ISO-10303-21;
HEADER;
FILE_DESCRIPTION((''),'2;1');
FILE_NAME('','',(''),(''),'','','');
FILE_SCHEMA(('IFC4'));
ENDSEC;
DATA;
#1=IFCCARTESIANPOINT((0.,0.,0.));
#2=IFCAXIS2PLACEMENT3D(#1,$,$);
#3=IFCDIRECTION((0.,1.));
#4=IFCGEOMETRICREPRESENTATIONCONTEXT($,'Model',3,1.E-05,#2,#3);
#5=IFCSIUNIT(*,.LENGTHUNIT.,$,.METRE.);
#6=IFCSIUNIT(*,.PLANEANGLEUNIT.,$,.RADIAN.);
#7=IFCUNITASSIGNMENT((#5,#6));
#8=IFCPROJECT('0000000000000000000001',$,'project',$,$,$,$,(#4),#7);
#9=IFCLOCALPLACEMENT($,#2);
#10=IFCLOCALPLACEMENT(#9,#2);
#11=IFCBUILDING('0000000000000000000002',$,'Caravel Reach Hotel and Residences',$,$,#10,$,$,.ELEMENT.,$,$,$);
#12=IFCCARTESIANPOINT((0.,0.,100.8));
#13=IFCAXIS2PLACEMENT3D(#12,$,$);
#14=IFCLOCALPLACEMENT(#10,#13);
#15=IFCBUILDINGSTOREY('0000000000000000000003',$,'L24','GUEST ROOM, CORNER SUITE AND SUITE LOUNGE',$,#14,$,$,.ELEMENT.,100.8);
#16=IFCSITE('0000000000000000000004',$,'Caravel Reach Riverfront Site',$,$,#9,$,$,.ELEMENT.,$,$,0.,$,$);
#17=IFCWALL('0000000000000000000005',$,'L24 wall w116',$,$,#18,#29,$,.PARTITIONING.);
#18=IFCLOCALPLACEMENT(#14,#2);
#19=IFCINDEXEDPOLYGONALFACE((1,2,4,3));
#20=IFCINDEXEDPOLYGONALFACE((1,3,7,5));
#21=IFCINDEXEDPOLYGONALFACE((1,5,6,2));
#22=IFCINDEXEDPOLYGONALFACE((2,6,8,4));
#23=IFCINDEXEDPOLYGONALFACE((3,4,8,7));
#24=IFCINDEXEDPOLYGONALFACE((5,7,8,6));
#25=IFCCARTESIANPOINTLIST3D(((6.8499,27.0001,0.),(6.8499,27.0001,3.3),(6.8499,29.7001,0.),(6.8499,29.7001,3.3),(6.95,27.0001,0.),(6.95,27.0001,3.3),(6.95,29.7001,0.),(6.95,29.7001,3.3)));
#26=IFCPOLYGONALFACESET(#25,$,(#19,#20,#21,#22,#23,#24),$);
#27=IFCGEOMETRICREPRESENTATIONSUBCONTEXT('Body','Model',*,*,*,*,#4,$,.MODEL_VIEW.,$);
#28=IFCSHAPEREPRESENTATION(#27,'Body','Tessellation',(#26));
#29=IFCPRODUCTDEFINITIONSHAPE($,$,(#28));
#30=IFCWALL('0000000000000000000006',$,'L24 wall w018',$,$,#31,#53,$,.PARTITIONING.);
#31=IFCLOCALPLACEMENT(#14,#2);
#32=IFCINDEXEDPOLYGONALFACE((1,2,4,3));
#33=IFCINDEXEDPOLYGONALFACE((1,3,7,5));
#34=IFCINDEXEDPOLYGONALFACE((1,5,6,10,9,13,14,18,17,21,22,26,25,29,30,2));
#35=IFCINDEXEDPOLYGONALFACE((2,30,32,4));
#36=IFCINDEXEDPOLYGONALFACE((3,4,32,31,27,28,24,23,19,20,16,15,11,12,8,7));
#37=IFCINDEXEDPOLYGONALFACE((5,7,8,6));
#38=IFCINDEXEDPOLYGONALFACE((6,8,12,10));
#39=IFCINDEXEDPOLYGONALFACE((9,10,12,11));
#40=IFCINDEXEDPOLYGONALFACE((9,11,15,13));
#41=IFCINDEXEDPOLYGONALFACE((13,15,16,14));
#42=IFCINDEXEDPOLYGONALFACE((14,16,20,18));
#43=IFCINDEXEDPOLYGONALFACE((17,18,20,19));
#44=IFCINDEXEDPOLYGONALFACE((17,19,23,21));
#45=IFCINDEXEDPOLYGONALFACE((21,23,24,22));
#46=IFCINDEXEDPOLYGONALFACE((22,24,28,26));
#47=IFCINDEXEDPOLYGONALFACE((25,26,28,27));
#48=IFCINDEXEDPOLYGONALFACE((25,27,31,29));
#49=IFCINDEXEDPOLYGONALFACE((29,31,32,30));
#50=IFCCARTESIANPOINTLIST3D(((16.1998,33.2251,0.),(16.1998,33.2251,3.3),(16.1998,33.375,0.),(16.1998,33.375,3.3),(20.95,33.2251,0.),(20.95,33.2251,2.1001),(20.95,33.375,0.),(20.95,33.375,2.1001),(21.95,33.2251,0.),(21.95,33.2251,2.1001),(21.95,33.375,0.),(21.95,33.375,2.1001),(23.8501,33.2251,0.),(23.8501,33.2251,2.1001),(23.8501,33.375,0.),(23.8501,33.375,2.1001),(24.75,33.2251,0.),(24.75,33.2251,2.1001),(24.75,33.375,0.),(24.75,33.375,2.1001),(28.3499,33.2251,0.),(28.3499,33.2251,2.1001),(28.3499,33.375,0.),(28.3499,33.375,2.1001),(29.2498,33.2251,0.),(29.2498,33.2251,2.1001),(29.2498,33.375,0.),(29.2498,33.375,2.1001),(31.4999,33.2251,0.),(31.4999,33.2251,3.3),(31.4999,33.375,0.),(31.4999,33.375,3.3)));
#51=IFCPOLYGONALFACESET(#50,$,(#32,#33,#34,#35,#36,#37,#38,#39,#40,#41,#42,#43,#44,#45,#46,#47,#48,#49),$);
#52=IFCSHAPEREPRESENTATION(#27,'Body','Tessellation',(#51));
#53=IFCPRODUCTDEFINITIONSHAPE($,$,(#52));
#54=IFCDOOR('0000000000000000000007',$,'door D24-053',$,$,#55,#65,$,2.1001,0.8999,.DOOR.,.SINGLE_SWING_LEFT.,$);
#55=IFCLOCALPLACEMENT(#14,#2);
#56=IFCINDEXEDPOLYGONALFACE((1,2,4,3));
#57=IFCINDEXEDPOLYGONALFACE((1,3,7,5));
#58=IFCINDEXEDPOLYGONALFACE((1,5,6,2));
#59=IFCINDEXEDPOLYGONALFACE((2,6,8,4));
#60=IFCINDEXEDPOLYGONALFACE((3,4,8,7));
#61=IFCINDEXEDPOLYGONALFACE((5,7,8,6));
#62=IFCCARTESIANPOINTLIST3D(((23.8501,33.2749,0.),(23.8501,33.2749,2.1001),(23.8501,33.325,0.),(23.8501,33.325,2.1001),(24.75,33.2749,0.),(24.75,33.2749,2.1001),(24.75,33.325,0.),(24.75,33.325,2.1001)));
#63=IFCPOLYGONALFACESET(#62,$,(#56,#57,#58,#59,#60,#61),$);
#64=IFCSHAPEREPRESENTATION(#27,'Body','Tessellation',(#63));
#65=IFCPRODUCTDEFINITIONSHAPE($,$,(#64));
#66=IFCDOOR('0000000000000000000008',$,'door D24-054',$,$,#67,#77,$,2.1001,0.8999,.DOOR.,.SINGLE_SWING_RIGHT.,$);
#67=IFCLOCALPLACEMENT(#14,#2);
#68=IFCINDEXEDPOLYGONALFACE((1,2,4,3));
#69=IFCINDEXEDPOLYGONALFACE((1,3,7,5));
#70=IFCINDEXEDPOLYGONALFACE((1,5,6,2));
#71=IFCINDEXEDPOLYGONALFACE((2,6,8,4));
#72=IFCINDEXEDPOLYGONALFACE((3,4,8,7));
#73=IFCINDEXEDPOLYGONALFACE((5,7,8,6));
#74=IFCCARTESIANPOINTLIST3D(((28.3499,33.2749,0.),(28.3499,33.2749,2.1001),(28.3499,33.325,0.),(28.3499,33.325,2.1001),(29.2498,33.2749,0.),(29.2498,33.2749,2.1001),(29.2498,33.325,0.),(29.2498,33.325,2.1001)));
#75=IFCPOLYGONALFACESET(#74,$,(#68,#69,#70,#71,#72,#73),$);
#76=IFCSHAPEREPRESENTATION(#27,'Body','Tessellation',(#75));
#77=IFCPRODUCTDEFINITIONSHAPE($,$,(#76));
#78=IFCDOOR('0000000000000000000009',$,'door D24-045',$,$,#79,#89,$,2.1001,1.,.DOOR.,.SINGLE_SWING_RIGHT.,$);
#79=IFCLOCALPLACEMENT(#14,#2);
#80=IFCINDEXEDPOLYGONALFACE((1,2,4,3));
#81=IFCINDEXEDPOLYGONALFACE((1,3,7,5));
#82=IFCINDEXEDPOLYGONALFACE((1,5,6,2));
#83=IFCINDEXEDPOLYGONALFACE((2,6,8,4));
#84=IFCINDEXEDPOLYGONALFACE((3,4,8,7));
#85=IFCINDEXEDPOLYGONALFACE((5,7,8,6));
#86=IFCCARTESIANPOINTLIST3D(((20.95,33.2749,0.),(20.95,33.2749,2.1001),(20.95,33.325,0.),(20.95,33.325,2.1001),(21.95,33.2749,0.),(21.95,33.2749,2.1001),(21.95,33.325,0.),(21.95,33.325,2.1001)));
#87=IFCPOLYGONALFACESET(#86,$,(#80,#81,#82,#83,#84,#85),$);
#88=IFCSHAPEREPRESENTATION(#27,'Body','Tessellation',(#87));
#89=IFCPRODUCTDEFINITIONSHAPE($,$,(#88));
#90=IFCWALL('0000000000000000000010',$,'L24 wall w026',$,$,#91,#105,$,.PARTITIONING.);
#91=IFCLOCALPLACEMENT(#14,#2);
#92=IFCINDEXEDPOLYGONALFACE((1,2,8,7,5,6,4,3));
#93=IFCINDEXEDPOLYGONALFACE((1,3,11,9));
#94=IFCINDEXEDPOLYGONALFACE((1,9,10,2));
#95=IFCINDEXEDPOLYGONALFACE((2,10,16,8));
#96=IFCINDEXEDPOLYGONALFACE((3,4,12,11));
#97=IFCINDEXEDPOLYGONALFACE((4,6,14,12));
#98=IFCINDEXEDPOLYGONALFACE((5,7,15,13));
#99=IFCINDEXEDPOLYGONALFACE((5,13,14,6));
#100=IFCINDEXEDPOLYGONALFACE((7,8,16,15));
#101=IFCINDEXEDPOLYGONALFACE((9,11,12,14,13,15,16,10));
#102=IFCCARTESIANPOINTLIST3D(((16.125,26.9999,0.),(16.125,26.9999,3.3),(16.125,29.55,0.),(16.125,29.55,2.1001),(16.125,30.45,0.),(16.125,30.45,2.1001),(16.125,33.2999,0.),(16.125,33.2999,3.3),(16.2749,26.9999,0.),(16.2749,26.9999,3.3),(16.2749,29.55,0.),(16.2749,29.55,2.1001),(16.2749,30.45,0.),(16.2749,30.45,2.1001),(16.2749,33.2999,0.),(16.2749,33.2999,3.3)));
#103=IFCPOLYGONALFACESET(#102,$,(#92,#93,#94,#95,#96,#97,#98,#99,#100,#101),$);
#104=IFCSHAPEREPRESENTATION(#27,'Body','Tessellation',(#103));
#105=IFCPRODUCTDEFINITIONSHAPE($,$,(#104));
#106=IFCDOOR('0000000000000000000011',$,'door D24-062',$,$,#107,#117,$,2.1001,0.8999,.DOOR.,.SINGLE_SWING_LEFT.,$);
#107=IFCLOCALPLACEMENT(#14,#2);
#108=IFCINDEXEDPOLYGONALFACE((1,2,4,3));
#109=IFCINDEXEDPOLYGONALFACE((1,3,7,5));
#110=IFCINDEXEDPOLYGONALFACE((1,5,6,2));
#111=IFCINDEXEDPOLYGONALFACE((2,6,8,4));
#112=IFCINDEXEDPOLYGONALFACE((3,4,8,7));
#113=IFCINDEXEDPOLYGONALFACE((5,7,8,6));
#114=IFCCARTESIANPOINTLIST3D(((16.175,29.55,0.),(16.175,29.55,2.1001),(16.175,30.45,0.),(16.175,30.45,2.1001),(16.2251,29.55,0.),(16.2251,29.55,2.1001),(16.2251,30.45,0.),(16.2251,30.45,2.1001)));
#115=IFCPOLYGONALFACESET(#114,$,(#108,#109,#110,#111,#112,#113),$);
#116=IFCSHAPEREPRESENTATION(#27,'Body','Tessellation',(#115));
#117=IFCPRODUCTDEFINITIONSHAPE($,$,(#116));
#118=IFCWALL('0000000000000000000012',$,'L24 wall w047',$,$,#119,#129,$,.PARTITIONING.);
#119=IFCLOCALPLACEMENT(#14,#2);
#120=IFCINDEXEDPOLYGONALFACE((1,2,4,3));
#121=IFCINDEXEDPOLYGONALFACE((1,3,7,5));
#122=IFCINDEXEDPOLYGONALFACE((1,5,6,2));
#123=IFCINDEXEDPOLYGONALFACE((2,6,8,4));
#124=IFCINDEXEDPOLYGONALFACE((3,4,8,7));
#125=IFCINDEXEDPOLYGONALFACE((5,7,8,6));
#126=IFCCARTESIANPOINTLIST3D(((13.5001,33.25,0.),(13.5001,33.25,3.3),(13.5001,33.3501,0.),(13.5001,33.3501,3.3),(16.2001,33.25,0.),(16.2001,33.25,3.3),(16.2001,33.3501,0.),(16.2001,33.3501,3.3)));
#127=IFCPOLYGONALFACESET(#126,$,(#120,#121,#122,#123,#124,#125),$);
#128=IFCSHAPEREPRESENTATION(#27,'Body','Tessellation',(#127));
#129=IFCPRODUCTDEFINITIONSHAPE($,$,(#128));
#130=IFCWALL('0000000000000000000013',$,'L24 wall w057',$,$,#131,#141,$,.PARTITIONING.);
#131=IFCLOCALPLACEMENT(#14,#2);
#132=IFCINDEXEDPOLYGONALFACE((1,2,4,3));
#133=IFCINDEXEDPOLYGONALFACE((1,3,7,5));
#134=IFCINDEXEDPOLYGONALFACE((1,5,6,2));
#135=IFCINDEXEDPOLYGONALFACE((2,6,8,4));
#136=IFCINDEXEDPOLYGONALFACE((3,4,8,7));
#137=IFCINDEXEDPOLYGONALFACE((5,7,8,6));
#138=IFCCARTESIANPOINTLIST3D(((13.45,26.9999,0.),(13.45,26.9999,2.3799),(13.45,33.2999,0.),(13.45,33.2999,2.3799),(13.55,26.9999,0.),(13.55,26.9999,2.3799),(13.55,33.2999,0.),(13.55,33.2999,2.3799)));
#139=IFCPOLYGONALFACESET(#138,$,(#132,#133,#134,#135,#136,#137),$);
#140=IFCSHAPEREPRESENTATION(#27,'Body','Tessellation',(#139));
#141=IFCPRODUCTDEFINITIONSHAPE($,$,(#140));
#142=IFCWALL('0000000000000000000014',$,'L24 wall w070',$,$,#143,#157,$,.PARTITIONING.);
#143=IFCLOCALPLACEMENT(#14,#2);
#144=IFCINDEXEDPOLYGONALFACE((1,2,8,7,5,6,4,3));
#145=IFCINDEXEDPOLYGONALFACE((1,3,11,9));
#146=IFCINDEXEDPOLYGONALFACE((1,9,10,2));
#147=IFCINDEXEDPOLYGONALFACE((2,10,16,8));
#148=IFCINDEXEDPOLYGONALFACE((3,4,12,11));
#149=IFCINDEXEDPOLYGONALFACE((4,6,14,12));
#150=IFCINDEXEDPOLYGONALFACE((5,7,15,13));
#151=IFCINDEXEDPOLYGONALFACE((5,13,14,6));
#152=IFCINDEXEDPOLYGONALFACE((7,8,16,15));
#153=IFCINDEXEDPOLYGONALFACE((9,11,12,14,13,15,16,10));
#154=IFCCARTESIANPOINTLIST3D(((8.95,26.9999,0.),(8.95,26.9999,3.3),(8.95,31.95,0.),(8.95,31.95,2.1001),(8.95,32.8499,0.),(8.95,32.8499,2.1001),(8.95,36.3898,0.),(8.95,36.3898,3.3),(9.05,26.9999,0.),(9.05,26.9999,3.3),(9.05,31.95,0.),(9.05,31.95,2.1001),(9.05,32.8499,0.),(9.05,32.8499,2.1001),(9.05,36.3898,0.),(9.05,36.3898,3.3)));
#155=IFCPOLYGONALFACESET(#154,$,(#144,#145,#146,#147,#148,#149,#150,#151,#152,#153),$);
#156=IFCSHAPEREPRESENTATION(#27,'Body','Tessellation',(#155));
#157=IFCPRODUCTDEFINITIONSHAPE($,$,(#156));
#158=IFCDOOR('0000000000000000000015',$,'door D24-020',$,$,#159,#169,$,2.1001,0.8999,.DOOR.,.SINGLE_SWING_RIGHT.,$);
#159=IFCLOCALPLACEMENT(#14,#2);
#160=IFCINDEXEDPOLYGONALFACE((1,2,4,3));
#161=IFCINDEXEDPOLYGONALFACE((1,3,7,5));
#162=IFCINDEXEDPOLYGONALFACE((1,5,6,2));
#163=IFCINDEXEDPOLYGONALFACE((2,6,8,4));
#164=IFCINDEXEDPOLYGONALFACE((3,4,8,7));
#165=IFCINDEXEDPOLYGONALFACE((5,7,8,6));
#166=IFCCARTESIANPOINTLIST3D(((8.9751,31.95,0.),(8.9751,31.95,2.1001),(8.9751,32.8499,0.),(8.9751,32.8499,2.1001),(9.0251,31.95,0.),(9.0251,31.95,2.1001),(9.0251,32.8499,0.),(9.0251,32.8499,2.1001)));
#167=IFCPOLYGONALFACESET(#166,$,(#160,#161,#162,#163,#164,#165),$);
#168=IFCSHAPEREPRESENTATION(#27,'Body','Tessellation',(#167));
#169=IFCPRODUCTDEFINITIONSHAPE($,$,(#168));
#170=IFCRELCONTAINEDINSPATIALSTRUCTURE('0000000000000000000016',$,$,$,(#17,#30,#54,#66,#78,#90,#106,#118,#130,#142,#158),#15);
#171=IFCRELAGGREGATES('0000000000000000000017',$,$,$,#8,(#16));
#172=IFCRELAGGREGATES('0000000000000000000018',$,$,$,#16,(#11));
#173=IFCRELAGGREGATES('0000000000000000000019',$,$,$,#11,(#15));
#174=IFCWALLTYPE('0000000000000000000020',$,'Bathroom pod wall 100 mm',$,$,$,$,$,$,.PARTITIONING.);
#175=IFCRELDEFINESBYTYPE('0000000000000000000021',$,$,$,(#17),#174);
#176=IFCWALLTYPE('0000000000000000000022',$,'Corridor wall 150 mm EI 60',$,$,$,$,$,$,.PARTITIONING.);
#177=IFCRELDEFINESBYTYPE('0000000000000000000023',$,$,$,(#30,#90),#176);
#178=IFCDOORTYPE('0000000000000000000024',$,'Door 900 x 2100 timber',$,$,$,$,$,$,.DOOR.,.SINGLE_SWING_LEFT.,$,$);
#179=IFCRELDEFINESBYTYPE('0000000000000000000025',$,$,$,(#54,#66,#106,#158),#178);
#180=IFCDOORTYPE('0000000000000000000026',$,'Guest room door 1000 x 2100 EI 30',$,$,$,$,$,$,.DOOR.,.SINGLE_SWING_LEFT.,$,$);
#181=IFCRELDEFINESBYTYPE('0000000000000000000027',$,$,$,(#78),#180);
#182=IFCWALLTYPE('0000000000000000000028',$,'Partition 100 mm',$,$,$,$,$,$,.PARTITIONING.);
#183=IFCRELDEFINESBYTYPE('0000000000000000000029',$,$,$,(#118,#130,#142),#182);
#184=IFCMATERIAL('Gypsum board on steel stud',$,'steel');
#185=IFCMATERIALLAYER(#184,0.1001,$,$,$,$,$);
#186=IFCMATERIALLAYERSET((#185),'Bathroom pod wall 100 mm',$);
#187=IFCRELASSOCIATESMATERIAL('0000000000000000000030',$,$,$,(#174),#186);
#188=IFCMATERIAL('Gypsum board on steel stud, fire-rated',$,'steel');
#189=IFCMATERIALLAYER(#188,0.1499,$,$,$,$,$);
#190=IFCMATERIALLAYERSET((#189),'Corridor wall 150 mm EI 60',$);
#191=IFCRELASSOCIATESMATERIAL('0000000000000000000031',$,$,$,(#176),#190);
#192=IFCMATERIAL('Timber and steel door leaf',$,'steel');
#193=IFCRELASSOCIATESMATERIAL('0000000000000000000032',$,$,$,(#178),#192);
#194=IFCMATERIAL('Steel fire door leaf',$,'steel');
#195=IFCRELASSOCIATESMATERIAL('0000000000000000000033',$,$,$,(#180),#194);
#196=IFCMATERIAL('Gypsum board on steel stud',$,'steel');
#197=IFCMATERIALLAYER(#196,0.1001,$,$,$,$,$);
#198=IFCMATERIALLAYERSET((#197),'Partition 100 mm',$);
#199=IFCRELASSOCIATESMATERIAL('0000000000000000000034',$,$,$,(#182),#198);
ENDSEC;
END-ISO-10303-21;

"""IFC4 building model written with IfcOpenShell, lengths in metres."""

from ifc_helpers import new_model, si_unit, direction, frame, frame_2d, origin, place, context, subcontext, project, spatial, rectangle, extrude, material, layer, layer_set, type_object, element, fill, save


model = new_model("IFC4")

# Units and contexts
model_context = context("Model", 3, precision=1e-05, world=origin(), true_north=direction((0.0, 1.0)))
body_context = subcontext(model_context, "Body", "Model", "MODEL_VIEW")
ifc_project = project(units=[si_unit("LENGTHUNIT", "METRE"), si_unit("PLANEANGLEUNIT", "RADIAN")], contexts=[model_context])

# Site, building, storey
site_placement = place(None, origin())
site = spatial("IfcSite", under=ifc_project, at=site_placement, Name="Caravel Reach Riverfront Site", CompositionType="ELEMENT", RefElevation=0.0)
building_placement = place(site_placement, origin())
building = spatial("IfcBuilding", under=site, at=building_placement, Name="Caravel Reach Hotel and Residences", CompositionType="ELEMENT")
storey_placement = place(building_placement, frame((0.0, 0.0, 100.8)))
storey = spatial("IfcBuildingStorey", under=building, at=storey_placement, Name="L24", Description="GUEST ROOM, CORNER SUITE AND SUITE LOUNGE", CompositionType="ELEMENT", Elevation=100.8)

# Wall
ifc_material_1 = material(Name="Gypsum board on steel stud", Category="steel")
ifc_layer_1 = layer(ifc_material_1, 0.1001)
ifc_layer_set_1 = layer_set([ifc_layer_1], Name="Bathroom pod wall 100 mm")
wall_type_1 = type_object("IfcWallType", Name="Bathroom pod wall 100 mm", PredefinedType="PARTITIONING", material=ifc_layer_set_1)
wall_1_placement = place(storey_placement, frame((6.8999, 27.0, 0.0), z_axis=(0.0, 0.0, 1.0), x_axis=(0.0, 1.0, 0.0)))
element("IfcWall", 1, at=wall_1_placement, inside=storey, type_object=wall_type_1, Name="L24 wall w116", PredefinedType="PARTITIONING", context=body_context, shape_type="SweptSolid", body=[
    extrude(rectangle(XDim=2.7, YDim=0.1001, at=frame_2d((1.3501, 0.0))), origin(), (0.0, 0.0, 1.0), 3.3),
])

# Wall, openings, doors
ifc_material_2 = material(Name="Gypsum board on steel stud, fire-rated", Category="steel")
ifc_layer_2 = layer(ifc_material_2, 0.1499)
ifc_layer_set_2 = layer_set([ifc_layer_2], Name="Corridor wall 150 mm EI 60")
wall_type_2 = type_object("IfcWallType", Name="Corridor wall 150 mm EI 60", PredefinedType="PARTITIONING", material=ifc_layer_set_2)
wall_2_placement = place(storey_placement, frame((16.2, 33.3, 0.0), z_axis=(0.0, 0.0, 1.0), x_axis=(1.0, 0.0, 0.0)))
wall_2 = element("IfcWall", 2, at=wall_2_placement, inside=storey, type_object=wall_type_2, Name="L24 wall w018", PredefinedType="PARTITIONING", context=body_context, shape_type="SweptSolid", body=[
    extrude(rectangle(XDim=15.3, YDim=0.1499, at=frame_2d((7.6499, 0.0))), origin(), (0.0, 0.0, 1.0), 3.3),
])
opening_1_placement = place(wall_2_placement, frame((4.75, 0.0, 0.0)))
opening_1 = element("IfcOpeningElement", 3, at=opening_1_placement, cuts=wall_2, PredefinedType="OPENING", context=body_context, shape_type="SweptSolid", body=[
    extrude(rectangle(XDim=1.0, YDim=2.1001, at=frame_2d((0.5, 1.05))), frame((0.0, 0.085, 0.0), z_axis=(0.0, -1.0, 0.0), x_axis=(1.0, 0.0, 0.0)), (0.0, 0.0, 1.0), 0.1699),
])
opening_2_placement = place(wall_2_placement, frame((7.6501, 0.0, 0.0)))
opening_2 = element("IfcOpeningElement", 4, at=opening_2_placement, cuts=wall_2, PredefinedType="OPENING", context=body_context, shape_type="SweptSolid", body=[
    extrude(rectangle(XDim=0.8999, YDim=2.1001, at=frame_2d((0.45, 1.05))), frame((0.0, 0.085, 0.0), z_axis=(0.0, -1.0, 0.0), x_axis=(1.0, 0.0, 0.0)), (0.0, 0.0, 1.0), 0.1699),
])
opening_3_placement = place(wall_2_placement, frame((12.1499, 0.0, 0.0)))
opening_3 = element("IfcOpeningElement", 5, at=opening_3_placement, cuts=wall_2, PredefinedType="OPENING", context=body_context, shape_type="SweptSolid", body=[
    extrude(rectangle(XDim=0.8999, YDim=2.1001, at=frame_2d((0.45, 1.05))), frame((0.0, 0.085, 0.0), z_axis=(0.0, -1.0, 0.0), x_axis=(1.0, 0.0, 0.0)), (0.0, 0.0, 1.0), 0.1699),
])
ifc_material_3 = material(Name="Timber and steel door leaf", Category="steel")
door_type_1 = type_object("IfcDoorType", Name="Door 900 x 2100 timber", OperationType="SINGLE_SWING_LEFT", PredefinedType="DOOR", material=ifc_material_3)
door_1_placement = place(opening_2_placement, origin())
door_1 = element("IfcDoor", 6, at=door_1_placement, inside=storey, type_object=door_type_1, Name="door D24-053", OperationType="SINGLE_SWING_LEFT", OverallHeight=2.1001, OverallWidth=0.8999, PredefinedType="DOOR", context=body_context, shape_type="SweptSolid", body=[
    extrude(rectangle(XDim=0.8999, YDim=2.1001, at=frame_2d((0.45, 1.05))), frame((0.0, 0.0249, 0.0), z_axis=(0.0, -1.0, 0.0), x_axis=(1.0, 0.0, 0.0)), (0.0, 0.0, 1.0), 0.05),
])
fill(opening_2, door_1)
door_2_placement = place(opening_3_placement, origin())
door_2 = element("IfcDoor", 7, at=door_2_placement, inside=storey, type_object=door_type_1, Name="door D24-054", OperationType="SINGLE_SWING_RIGHT", OverallHeight=2.1001, OverallWidth=0.8999, PredefinedType="DOOR", context=body_context, shape_type="SweptSolid", body=[
    extrude(rectangle(XDim=0.8999, YDim=2.1001, at=frame_2d((0.45, 1.05))), frame((0.0, 0.0249, 0.0), z_axis=(0.0, -1.0, 0.0), x_axis=(1.0, 0.0, 0.0)), (0.0, 0.0, 1.0), 0.05),
])
fill(opening_3, door_2)
ifc_material_4 = material(Name="Steel fire door leaf", Category="steel")
door_type_2 = type_object("IfcDoorType", Name="Guest room door 1000 x 2100 EI 30", OperationType="SINGLE_SWING_LEFT", PredefinedType="DOOR", material=ifc_material_4)
door_3_placement = place(opening_1_placement, origin())
door_3 = element("IfcDoor", 8, at=door_3_placement, inside=storey, type_object=door_type_2, Name="door D24-045", OperationType="SINGLE_SWING_RIGHT", OverallHeight=2.1001, OverallWidth=1.0, PredefinedType="DOOR", context=body_context, shape_type="SweptSolid", body=[
    extrude(rectangle(XDim=1.0, YDim=2.1001, at=frame_2d((0.5, 1.05))), frame((0.0, 0.0249, 0.0), z_axis=(0.0, -1.0, 0.0), x_axis=(1.0, 0.0, 0.0)), (0.0, 0.0, 1.0), 0.05),
])
fill(opening_1, door_3)

# Wall, opening, door
wall_3_placement = place(storey_placement, frame((16.2, 27.0, 0.0), z_axis=(0.0, 0.0, 1.0), x_axis=(0.0, 1.0, 0.0)))
wall_3 = element("IfcWall", 9, at=wall_3_placement, inside=storey, type_object=wall_type_2, Name="L24 wall w026", PredefinedType="PARTITIONING", context=body_context, shape_type="SweptSolid", body=[
    extrude(rectangle(XDim=6.3, YDim=0.1499, at=frame_2d((3.1499, 0.0))), origin(), (0.0, 0.0, 1.0), 3.3),
])
opening_4_placement = place(wall_3_placement, frame((2.55, 0.0, 0.0)))
opening_4 = element("IfcOpeningElement", 10, at=opening_4_placement, cuts=wall_3, PredefinedType="OPENING", context=body_context, shape_type="SweptSolid", body=[
    extrude(rectangle(XDim=0.8999, YDim=2.1001, at=frame_2d((0.45, 1.05))), frame((0.0, 0.085, 0.0), z_axis=(0.0, -1.0, 0.0), x_axis=(1.0, 0.0, 0.0)), (0.0, 0.0, 1.0), 0.1699),
])
door_4_placement = place(opening_4_placement, origin())
door_4 = element("IfcDoor", 11, at=door_4_placement, inside=storey, type_object=door_type_1, Name="door D24-062", OperationType="SINGLE_SWING_LEFT", OverallHeight=2.1001, OverallWidth=0.8999, PredefinedType="DOOR", context=body_context, shape_type="SweptSolid", body=[
    extrude(rectangle(XDim=0.8999, YDim=2.1001, at=frame_2d((0.45, 1.05))), frame((0.0, 0.0249, 0.0), z_axis=(0.0, -1.0, 0.0), x_axis=(1.0, 0.0, 0.0)), (0.0, 0.0, 1.0), 0.05),
])
fill(opening_4, door_4)

# Walls
ifc_material_5 = material(Name="Gypsum board on steel stud", Category="steel")
ifc_layer_3 = layer(ifc_material_5, 0.1001)
ifc_layer_set_3 = layer_set([ifc_layer_3], Name="Partition 100 mm")
wall_type_3 = type_object("IfcWallType", Name="Partition 100 mm", PredefinedType="PARTITIONING", material=ifc_layer_set_3)
wall_4_placement = place(storey_placement, frame((13.5, 33.3, 0.0), z_axis=(0.0, 0.0, 1.0), x_axis=(1.0, 0.0, 0.0)))
element("IfcWall", 12, at=wall_4_placement, inside=storey, type_object=wall_type_3, Name="L24 wall w047", PredefinedType="PARTITIONING", context=body_context, shape_type="SweptSolid", body=[
    extrude(rectangle(XDim=2.7, YDim=0.1001, at=frame_2d((1.3501, 0.0))), origin(), (0.0, 0.0, 1.0), 3.3),
])
wall_5_placement = place(storey_placement, frame((13.5, 27.0, 0.0), z_axis=(0.0, 0.0, 1.0), x_axis=(0.0, 1.0, 0.0)))
element("IfcWall", 13, at=wall_5_placement, inside=storey, type_object=wall_type_3, Name="L24 wall w057", PredefinedType="PARTITIONING", context=body_context, shape_type="SweptSolid", body=[
    extrude(rectangle(XDim=6.3, YDim=0.1001, at=frame_2d((3.1499, 0.0))), origin(), (0.0, 0.0, 1.0), 2.3799),
])

# Wall, opening, door
wall_6_placement = place(storey_placement, frame((9.0, 27.0, 0.0), z_axis=(0.0, 0.0, 1.0), x_axis=(0.0, 1.0, 0.0)))
wall_6 = element("IfcWall", 14, at=wall_6_placement, inside=storey, type_object=wall_type_3, Name="L24 wall w070", PredefinedType="PARTITIONING", context=body_context, shape_type="SweptSolid", body=[
    extrude(rectangle(XDim=9.3899, YDim=0.1001, at=frame_2d((4.6948, 0.0))), origin(), (0.0, 0.0, 1.0), 3.3),
])
opening_5_placement = place(wall_6_placement, frame((4.95, 0.0, 0.0)))
opening_5 = element("IfcOpeningElement", 15, at=opening_5_placement, cuts=wall_6, PredefinedType="OPENING", context=body_context, shape_type="SweptSolid", body=[
    extrude(rectangle(XDim=0.8999, YDim=2.1001, at=frame_2d((0.45, 1.05))), frame((0.0, 0.0601, 0.0), z_axis=(0.0, -1.0, 0.0), x_axis=(1.0, 0.0, 0.0)), (0.0, 0.0, 1.0), 0.1201),
])
door_5_placement = place(opening_5_placement, origin())
door_5 = element("IfcDoor", 16, at=door_5_placement, inside=storey, type_object=door_type_1, Name="door D24-020", OperationType="SINGLE_SWING_RIGHT", OverallHeight=2.1001, OverallWidth=0.8999, PredefinedType="DOOR", context=body_context, shape_type="SweptSolid", body=[
    extrude(rectangle(XDim=0.8999, YDim=2.1001, at=frame_2d((0.45, 1.05))), frame((0.0, 0.0249, 0.0), z_axis=(0.0, -1.0, 0.0), x_axis=(1.0, 0.0, 0.0)), (0.0, 0.0, 1.0), 0.05),
])
fill(opening_5, door_5)

save(model, "model.ifc")
